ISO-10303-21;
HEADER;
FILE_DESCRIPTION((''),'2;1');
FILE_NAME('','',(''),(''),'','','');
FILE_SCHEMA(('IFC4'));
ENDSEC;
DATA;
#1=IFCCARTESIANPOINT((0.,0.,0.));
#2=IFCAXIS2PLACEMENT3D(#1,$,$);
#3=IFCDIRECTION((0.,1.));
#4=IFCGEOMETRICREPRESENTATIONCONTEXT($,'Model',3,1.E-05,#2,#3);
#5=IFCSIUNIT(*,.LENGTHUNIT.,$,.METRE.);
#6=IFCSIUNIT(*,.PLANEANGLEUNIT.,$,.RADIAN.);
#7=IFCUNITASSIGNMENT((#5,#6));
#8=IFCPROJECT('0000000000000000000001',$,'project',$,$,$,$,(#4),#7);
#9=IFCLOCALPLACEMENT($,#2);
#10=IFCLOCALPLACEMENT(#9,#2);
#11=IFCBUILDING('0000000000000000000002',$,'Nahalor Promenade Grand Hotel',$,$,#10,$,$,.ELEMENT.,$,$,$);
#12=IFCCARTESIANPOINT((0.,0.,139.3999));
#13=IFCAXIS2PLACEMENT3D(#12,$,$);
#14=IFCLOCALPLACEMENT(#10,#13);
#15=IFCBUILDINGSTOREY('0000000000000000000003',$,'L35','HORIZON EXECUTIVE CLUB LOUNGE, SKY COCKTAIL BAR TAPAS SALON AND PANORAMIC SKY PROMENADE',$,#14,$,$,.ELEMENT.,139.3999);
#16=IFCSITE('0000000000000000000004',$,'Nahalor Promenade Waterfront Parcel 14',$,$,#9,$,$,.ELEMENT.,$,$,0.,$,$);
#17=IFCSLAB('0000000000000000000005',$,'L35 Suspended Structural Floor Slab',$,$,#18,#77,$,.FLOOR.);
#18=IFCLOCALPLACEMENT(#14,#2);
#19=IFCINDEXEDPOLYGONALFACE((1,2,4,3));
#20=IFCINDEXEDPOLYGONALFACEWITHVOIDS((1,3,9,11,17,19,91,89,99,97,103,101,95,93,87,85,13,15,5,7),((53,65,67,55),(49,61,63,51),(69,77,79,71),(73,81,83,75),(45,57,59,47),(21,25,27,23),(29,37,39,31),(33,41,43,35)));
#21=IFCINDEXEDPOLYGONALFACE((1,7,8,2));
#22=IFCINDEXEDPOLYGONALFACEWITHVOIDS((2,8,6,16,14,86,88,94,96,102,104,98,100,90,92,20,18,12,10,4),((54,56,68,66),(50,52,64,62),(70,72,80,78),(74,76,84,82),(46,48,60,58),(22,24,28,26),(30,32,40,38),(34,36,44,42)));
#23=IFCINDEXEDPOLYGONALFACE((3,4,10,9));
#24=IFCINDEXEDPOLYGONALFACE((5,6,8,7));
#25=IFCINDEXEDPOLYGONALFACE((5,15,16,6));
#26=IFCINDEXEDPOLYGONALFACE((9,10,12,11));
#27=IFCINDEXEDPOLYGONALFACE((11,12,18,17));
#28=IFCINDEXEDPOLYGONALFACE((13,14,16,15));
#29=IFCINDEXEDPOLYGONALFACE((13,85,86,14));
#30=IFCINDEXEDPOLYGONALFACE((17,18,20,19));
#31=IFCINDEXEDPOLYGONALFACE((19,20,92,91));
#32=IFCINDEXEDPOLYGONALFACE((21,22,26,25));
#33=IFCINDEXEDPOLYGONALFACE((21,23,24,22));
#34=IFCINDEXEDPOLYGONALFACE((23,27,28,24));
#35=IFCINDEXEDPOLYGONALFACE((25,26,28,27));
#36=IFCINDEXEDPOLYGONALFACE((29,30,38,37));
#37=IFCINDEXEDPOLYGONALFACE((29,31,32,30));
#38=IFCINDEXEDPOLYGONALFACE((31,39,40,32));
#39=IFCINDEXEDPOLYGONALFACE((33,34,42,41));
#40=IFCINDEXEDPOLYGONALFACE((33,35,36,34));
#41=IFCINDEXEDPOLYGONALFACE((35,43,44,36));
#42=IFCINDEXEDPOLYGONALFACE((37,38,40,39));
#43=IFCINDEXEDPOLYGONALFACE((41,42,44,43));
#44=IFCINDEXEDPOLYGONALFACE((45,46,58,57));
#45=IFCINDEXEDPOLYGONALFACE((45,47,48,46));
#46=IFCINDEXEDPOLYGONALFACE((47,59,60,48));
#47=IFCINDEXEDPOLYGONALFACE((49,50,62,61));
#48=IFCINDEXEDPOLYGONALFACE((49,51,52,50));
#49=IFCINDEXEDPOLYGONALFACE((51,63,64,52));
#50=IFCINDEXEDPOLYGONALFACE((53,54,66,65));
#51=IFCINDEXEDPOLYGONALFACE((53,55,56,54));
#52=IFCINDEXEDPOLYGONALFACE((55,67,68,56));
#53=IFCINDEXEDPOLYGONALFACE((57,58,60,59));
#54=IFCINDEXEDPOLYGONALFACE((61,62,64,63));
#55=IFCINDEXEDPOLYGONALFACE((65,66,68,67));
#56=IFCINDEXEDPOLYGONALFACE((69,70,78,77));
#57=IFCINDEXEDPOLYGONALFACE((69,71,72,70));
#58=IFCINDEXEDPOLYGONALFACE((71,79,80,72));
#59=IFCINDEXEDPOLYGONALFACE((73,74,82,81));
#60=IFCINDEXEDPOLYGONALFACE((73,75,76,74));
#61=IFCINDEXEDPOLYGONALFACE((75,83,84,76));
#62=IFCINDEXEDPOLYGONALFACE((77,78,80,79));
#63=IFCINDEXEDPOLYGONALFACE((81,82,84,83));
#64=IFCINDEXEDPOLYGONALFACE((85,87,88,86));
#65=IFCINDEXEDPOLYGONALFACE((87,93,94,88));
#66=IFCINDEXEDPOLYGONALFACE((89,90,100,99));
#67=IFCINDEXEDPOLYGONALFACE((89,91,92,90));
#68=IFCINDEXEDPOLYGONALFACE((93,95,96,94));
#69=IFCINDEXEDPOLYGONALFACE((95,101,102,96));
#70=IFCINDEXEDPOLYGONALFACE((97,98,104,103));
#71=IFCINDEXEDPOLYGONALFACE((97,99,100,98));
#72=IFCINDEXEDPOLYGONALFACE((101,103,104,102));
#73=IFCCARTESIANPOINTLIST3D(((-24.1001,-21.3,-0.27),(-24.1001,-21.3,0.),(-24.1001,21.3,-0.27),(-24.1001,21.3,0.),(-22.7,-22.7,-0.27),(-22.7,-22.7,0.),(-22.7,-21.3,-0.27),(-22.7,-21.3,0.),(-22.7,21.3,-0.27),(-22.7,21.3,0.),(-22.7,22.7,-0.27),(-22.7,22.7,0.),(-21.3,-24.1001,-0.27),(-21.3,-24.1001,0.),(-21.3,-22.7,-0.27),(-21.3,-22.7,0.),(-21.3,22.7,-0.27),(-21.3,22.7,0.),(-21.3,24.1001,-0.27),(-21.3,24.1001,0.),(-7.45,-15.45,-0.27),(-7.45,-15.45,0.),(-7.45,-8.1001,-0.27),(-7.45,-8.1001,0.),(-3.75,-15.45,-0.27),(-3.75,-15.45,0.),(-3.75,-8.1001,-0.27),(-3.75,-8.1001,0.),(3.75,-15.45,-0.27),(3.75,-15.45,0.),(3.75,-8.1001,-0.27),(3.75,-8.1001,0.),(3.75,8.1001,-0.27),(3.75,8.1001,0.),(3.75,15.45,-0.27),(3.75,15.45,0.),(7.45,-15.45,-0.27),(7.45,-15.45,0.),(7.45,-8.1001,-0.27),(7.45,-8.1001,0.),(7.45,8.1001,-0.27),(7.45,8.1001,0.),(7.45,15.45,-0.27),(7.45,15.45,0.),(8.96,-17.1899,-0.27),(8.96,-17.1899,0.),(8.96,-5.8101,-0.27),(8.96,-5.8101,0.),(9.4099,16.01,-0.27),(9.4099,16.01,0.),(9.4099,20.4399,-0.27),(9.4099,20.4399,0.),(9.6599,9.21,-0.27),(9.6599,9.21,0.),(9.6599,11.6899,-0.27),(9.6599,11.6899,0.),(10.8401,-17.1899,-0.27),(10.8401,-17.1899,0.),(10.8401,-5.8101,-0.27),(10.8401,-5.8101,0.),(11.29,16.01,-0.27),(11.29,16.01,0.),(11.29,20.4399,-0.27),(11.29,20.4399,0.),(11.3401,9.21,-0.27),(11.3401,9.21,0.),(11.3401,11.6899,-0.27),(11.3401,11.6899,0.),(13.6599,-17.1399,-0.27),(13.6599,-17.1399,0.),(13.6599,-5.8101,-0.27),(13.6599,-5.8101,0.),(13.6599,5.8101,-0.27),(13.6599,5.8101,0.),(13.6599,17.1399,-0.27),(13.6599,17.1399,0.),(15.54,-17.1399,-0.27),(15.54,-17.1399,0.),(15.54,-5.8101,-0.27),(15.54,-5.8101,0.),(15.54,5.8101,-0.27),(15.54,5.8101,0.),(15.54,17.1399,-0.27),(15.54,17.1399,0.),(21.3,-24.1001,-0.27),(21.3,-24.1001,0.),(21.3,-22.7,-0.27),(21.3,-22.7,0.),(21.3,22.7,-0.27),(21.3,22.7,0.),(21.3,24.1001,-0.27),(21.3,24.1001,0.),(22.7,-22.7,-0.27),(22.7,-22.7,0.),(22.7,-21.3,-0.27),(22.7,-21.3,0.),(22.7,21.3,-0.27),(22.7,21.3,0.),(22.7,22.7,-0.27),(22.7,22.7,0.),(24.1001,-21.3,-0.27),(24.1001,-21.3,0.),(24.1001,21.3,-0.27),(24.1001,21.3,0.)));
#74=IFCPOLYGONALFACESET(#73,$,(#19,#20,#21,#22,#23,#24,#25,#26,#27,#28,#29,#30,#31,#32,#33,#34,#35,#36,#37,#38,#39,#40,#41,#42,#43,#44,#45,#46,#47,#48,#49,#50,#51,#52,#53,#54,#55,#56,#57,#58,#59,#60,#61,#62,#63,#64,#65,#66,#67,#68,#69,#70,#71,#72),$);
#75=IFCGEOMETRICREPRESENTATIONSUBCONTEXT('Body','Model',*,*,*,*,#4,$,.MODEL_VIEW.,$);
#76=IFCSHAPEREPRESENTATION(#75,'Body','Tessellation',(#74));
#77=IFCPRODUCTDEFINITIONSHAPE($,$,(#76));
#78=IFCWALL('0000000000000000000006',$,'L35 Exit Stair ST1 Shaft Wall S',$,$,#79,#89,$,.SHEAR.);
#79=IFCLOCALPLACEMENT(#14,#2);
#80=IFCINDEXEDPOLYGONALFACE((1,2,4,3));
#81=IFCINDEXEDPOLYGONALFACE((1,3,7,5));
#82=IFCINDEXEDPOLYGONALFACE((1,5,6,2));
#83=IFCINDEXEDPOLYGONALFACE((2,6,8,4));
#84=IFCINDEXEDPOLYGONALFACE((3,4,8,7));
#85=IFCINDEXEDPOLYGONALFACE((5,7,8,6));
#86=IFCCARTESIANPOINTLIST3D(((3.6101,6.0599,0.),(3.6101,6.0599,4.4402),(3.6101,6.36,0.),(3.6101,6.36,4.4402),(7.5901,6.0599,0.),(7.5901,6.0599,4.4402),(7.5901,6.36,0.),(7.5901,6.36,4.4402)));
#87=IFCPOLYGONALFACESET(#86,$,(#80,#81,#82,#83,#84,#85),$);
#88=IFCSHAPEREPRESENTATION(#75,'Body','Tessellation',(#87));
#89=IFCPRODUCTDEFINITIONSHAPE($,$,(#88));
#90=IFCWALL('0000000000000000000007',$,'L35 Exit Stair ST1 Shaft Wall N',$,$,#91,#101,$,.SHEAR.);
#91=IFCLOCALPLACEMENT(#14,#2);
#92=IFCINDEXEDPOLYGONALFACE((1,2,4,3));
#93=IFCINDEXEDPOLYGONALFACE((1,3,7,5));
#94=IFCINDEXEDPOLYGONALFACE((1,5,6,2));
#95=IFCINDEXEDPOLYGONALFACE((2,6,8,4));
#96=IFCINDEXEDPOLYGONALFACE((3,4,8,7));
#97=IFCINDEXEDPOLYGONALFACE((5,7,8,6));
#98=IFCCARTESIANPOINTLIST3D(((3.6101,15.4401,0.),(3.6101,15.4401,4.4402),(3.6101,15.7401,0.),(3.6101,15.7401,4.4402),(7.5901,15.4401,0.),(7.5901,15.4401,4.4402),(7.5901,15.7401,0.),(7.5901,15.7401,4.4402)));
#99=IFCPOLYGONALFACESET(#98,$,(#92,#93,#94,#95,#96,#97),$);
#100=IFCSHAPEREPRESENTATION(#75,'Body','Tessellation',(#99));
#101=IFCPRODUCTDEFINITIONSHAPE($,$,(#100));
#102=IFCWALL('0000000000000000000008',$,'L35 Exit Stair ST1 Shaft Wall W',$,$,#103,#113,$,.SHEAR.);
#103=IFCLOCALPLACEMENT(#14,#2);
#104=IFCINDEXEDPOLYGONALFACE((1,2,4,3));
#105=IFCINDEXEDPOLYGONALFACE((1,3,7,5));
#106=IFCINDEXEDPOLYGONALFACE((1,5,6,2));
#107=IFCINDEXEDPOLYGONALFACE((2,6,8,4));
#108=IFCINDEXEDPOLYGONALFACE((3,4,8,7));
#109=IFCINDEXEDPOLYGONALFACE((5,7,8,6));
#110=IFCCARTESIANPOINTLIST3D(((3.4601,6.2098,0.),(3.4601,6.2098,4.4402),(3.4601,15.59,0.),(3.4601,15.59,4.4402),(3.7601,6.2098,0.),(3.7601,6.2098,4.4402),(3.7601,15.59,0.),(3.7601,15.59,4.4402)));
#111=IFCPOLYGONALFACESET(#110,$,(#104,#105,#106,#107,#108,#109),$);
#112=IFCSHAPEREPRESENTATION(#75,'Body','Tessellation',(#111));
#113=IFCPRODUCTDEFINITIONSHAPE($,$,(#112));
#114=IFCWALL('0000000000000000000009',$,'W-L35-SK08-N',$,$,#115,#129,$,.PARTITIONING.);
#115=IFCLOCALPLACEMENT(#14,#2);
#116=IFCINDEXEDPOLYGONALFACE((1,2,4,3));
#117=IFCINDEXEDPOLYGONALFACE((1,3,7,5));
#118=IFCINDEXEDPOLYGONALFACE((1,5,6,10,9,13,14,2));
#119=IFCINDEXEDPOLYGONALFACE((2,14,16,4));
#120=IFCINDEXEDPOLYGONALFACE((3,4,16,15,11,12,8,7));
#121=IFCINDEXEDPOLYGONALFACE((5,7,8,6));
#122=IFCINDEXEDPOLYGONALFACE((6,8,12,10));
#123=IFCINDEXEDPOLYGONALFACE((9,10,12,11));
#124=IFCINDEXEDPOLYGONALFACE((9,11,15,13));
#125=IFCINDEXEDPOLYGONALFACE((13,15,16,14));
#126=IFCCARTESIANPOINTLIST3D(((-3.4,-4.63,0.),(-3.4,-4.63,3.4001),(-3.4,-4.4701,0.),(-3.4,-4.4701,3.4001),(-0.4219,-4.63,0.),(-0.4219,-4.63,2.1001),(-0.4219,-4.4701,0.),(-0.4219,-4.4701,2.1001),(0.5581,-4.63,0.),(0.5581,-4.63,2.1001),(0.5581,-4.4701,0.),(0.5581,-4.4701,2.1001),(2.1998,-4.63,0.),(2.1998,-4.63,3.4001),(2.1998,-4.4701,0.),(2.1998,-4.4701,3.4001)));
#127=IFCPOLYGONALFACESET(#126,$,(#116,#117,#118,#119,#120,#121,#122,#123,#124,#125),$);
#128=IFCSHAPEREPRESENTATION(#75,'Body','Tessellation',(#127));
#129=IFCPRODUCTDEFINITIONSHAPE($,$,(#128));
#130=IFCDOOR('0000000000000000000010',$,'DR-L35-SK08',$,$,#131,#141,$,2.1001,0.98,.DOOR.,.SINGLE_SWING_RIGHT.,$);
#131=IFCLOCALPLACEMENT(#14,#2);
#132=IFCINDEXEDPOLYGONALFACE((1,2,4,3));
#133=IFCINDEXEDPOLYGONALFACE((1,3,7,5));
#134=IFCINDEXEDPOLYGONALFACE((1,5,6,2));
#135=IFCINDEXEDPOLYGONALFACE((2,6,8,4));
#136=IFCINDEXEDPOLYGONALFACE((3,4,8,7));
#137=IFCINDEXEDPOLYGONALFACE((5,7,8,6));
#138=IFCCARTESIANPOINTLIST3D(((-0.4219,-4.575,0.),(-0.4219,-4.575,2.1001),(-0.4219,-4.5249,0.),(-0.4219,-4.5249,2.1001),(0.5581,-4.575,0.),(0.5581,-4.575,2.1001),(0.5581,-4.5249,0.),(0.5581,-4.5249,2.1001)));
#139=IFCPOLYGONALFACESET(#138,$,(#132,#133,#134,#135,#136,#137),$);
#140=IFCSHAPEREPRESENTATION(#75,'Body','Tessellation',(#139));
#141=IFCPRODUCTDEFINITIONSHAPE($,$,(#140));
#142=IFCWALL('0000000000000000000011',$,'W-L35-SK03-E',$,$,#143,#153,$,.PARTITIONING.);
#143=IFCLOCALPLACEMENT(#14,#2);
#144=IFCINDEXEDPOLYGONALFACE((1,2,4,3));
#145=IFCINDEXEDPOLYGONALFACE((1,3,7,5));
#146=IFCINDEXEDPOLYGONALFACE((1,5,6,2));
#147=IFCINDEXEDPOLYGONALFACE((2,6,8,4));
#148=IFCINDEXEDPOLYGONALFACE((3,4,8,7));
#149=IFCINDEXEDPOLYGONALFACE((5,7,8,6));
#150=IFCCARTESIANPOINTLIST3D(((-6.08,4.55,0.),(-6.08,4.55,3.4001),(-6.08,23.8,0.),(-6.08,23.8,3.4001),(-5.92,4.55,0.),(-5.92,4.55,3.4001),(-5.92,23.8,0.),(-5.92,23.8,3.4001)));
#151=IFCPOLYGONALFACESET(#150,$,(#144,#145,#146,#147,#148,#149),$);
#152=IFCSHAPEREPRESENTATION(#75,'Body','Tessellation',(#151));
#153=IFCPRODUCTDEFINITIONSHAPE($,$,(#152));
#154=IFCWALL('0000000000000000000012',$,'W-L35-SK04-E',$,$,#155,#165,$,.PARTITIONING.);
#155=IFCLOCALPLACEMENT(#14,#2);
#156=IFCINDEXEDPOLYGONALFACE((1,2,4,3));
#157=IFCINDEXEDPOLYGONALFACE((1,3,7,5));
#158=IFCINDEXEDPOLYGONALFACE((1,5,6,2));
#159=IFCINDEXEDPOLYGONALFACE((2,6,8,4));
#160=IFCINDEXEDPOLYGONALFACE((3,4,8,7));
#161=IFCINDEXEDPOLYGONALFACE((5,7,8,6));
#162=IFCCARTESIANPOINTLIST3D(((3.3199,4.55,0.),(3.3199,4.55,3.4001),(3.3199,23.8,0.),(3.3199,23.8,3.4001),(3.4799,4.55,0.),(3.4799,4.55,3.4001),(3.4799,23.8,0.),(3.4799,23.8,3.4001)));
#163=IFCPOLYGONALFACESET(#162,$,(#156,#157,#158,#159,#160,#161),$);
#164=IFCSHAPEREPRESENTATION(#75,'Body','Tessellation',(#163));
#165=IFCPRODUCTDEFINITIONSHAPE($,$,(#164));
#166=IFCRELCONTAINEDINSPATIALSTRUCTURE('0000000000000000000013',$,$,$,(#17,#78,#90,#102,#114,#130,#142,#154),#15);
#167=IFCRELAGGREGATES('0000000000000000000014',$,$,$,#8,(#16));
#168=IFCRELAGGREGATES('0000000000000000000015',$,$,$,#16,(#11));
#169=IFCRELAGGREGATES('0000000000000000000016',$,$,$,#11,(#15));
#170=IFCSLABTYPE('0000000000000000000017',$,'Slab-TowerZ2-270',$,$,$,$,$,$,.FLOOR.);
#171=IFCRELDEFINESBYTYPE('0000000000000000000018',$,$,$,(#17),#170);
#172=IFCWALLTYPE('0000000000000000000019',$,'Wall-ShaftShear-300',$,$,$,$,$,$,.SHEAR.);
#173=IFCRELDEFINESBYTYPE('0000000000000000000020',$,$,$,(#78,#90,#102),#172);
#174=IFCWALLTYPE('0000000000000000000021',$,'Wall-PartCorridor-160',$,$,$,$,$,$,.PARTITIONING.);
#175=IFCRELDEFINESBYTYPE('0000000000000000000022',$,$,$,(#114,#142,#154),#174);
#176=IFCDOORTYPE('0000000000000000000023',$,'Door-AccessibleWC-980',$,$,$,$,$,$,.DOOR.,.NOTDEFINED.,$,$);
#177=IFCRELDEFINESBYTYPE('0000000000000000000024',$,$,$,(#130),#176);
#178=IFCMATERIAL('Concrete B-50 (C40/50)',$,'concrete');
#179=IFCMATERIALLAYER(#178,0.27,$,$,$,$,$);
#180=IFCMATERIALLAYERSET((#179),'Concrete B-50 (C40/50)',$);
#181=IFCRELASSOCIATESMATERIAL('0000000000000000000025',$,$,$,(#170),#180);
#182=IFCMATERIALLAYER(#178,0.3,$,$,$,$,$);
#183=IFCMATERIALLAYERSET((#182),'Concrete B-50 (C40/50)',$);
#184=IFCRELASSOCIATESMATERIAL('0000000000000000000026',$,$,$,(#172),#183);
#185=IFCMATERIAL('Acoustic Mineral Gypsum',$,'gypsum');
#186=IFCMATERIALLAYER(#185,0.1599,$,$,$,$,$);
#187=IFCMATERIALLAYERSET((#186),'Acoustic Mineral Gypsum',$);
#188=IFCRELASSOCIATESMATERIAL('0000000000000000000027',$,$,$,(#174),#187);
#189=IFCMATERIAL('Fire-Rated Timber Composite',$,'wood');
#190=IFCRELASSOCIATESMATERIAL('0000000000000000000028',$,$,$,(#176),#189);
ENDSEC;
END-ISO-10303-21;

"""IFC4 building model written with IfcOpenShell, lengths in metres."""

from ifc_helpers import new_model, si_unit, direction, frame, frame_2d, origin, place, context, subcontext, project, spatial, polyline, rectangle, outline, extrude, source, transform, mapped, material, layer, layer_set, type_object, element, fill, save


model = new_model("IFC4")

# Units and contexts
model_context = context("Model", 3, precision=1e-05, world=origin(), true_north=direction((0.0, 1.0)))
body_context = subcontext(model_context, "Body", "Model", "MODEL_VIEW")
ifc_project = project(units=[si_unit("LENGTHUNIT", "METRE"), si_unit("PLANEANGLEUNIT", "RADIAN")], contexts=[model_context])

# Site, building, storey
site_placement = place(None, origin())
site = spatial("IfcSite", under=ifc_project, at=site_placement, Name="Nahalor Promenade Waterfront Parcel 14", CompositionType="ELEMENT", RefElevation=0.0)
building_placement = place(site_placement, origin())
building = spatial("IfcBuilding", under=site, at=building_placement, Name="Nahalor Promenade Grand Hotel", CompositionType="ELEMENT")
storey_placement = place(building_placement, frame((0.0, 0.0, 139.3999)))
storey = spatial("IfcBuildingStorey", under=building, at=storey_placement, Name="L35", Description="HORIZON EXECUTIVE CLUB LOUNGE, SKY COCKTAIL BAR TAPAS SALON AND PANORAMIC SKY PROMENADE", CompositionType="ELEMENT", Elevation=139.3999)

# Shared definitions
ifc_material_1 = material(Name="Concrete B-50 (C40/50)", Category="concrete")

# Slab
ifc_layer_1 = layer(ifc_material_1, 0.27)
ifc_layer_set_1 = layer_set([ifc_layer_1], Name="Concrete B-50 (C40/50)")
slab_type_1 = type_object("IfcSlabType", Name="Slab-TowerZ2-270", PredefinedType="FLOOR", material=ifc_layer_set_1)
slab_1_placement = place(storey_placement, frame((0.0, 0.0, -0.27)))
element("IfcSlab", 1, at=slab_1_placement, inside=storey, type_object=slab_type_1, Name="L35 Suspended Structural Floor Slab", PredefinedType="FLOOR", context=body_context, shape_type="SweptSolid", body=[
    extrude(outline(polyline([(-21.3, -24.1001), (21.3, -24.1001), (21.3, -22.7), (22.7, -22.7), (22.7, -21.3), (24.1001, -21.3), (24.1001, 21.3), (22.7, 21.3), (22.7, 22.7), (21.3, 22.7), (21.3, 24.1001), (-21.3, 24.1001), (-21.3, 22.7), (-22.7, 22.7), (-22.7, 21.3), (-24.1001, 21.3), (-24.1001, -21.3), (-22.7, -21.3), (-22.7, -22.7), (-21.3, -22.7), (-21.3, -24.1001)]), holes=[polyline([(3.75, 8.1001), (7.45, 8.1001), (7.45, 15.45), (3.75, 15.45), (3.75, 8.1001)]), polyline([(3.75, -15.45), (7.45, -15.45), (7.45, -8.1001), (3.75, -8.1001), (3.75, -15.45)]), polyline([(-7.45, -15.45), (-3.75, -15.45), (-3.75, -8.1001), (-7.45, -8.1001), (-7.45, -15.45)]), polyline([(13.6599, 5.8101), (15.54, 5.8101), (15.54, 17.1399), (13.6599, 17.1399), (13.6599, 5.8101)]), polyline([(13.6599, -17.1399), (15.54, -17.1399), (15.54, -5.8101), (13.6599, -5.8101), (13.6599, -17.1399)]), polyline([(8.96, -17.1899), (10.8401, -17.1899), (10.8401, -5.8101), (8.96, -5.8101), (8.96, -17.1899)]), polyline([(9.4099, 16.01), (11.29, 16.01), (11.29, 20.4399), (9.4099, 20.4399), (9.4099, 16.01)]), polyline([(9.6599, 9.21), (11.3401, 9.21), (11.3401, 11.6899), (9.6599, 11.6899), (9.6599, 9.21)])]), origin(), (0.0, 0.0, 1.0), 0.27),
])

# Walls
ifc_layer_2 = layer(ifc_material_1, 0.3)
ifc_layer_set_2 = layer_set([ifc_layer_2], Name="Concrete B-50 (C40/50)")
wall_type_1 = type_object("IfcWallType", Name="Wall-ShaftShear-300", PredefinedType="SHEAR", material=ifc_layer_set_2)
shared_shape_1 = source(origin(), body_context, "Body", "SweptSolid", [
    extrude(rectangle(XDim=3.98, YDim=0.3, at=frame_2d((1.99, 0.0))), origin(), (0.0, 0.0, 1.0), 4.4402),
])
for number, where, z_axis, x_axis, name in (
    (2, (3.6101, 6.21, 0.0), (0.0, 0.0, 1.0), (1.0, 0.0, 0.0), "L35 Exit Stair ST1 Shaft Wall S"),
    (3, (3.6101, 15.5901, 0.0), (0.0, 0.0, 1.0), (1.0, 0.0, 0.0), "L35 Exit Stair ST1 Shaft Wall N"),
):
    element("IfcWall", number, at=place(storey_placement, frame(where, z_axis=z_axis, x_axis=x_axis)), inside=storey, type_object=wall_type_1, Name=name, PredefinedType="SHEAR", context=body_context, shape_type="MappedRepresentation", body=[
        mapped(shared_shape_1, transform((0.0, 0.0, 0.0), scale=1.0)),
    ])
shared_shape_2 = source(origin(), body_context, "Body", "SweptSolid", [
    extrude(rectangle(XDim=9.3801, YDim=0.3, at=frame_2d((4.6899, 0.0))), origin(), (0.0, 0.0, 1.0), 4.4402),
])
wall_1_placement = place(storey_placement, frame((3.6101, 6.21, 0.0), z_axis=(0.0, 0.0, 1.0), x_axis=(0.0, 1.0, 0.0)))
element("IfcWall", 4, at=wall_1_placement, inside=storey, type_object=wall_type_1, Name="L35 Exit Stair ST1 Shaft Wall W", PredefinedType="SHEAR", context=body_context, shape_type="MappedRepresentation", body=[
    mapped(shared_shape_2, transform((0.0, 0.0, 0.0), scale=1.0)),
])

# Wall, opening, door
ifc_material_2 = material(Name="Acoustic Mineral Gypsum", Category="gypsum")
ifc_layer_3 = layer(ifc_material_2, 0.1599)
ifc_layer_set_3 = layer_set([ifc_layer_3], Name="Acoustic Mineral Gypsum")
wall_type_2 = type_object("IfcWallType", Name="Wall-PartCorridor-160", PredefinedType="PARTITIONING", material=ifc_layer_set_3)
shared_shape_3 = source(origin(), body_context, "Body", "SweptSolid", [
    extrude(rectangle(XDim=5.5999, YDim=0.1599, at=frame_2d((2.7998, 0.0))), origin(), (0.0, 0.0, 1.0), 3.4001),
])
wall_2_placement = place(storey_placement, frame((-3.3999, -4.55, 0.0), z_axis=(0.0, 0.0, 1.0), x_axis=(1.0, 0.0, 0.0)))
wall_2 = element("IfcWall", 5, at=wall_2_placement, inside=storey, type_object=wall_type_2, Name="W-L35-SK08-N", PredefinedType="PARTITIONING", context=body_context, shape_type="MappedRepresentation", body=[
    mapped(shared_shape_3, transform((0.0, 0.0, 0.0), scale=1.0)),
])
opening_1_placement = place(wall_2_placement, frame((2.978, 0.0, 0.0)))
opening_1 = element("IfcOpeningElement", 6, at=opening_1_placement, cuts=wall_2, PredefinedType="OPENING", context=body_context, shape_type="SweptSolid", body=[
    extrude(rectangle(XDim=0.98, YDim=2.1001, at=frame_2d((0.49, 1.05))), frame((0.0, 0.0898, 0.0), z_axis=(0.0, -1.0, 0.0), x_axis=(1.0, 0.0, 0.0)), (0.0, 0.0, 1.0), 0.1799),
])
ifc_material_3 = material(Name="Fire-Rated Timber Composite", Category="wood")
door_type_1 = type_object("IfcDoorType", Name="Door-AccessibleWC-980", OperationType="NOTDEFINED", PredefinedType="DOOR", material=ifc_material_3)
shared_shape_4 = source(origin(), body_context, "Body", "SweptSolid", [
    extrude(rectangle(XDim=0.98, YDim=2.1001, at=frame_2d((0.49, 1.05))), frame((0.0, 0.0249, 0.0), z_axis=(0.0, -1.0, 0.0), x_axis=(1.0, 0.0, 0.0)), (0.0, 0.0, 1.0), 0.05),
])
door_1_placement = place(opening_1_placement, frame((0.98, 0.0, 0.0), z_axis=(0.0, 0.0, 1.0), x_axis=(-1.0, 0.0, 0.0)))
door_1 = element("IfcDoor", 7, at=door_1_placement, inside=storey, type_object=door_type_1, Name="DR-L35-SK08", OperationType="SINGLE_SWING_RIGHT", OverallHeight=2.1001, OverallWidth=0.98, PredefinedType="DOOR", context=body_context, shape_type="MappedRepresentation", body=[
    mapped(shared_shape_4, transform((0.0, 0.0, 0.0), scale=1.0)),
])
fill(opening_1, door_1)

# Walls
shared_shape_5 = source(origin(), body_context, "Body", "SweptSolid", [
    extrude(rectangle(XDim=19.25, YDim=0.1599, at=frame_2d((9.625, 0.0))), origin(), (0.0, 0.0, 1.0), 3.4001),
])
for number, where, z_axis, x_axis, name in (
    (8, (-6.0, 4.55, 0.0), (0.0, 0.0, 1.0), (0.0, 1.0, 0.0), "W-L35-SK03-E"),
    (9, (3.3999, 4.55, 0.0), (0.0, 0.0, 1.0), (0.0, 1.0, 0.0), "W-L35-SK04-E"),
):
    element("IfcWall", number, at=place(storey_placement, frame(where, z_axis=z_axis, x_axis=x_axis)), inside=storey, type_object=wall_type_2, Name=name, PredefinedType="PARTITIONING", context=body_context, shape_type="MappedRepresentation", body=[
        mapped(shared_shape_5, transform((0.0, 0.0, 0.0), scale=1.0)),
    ])

save(model, "model.ifc")
